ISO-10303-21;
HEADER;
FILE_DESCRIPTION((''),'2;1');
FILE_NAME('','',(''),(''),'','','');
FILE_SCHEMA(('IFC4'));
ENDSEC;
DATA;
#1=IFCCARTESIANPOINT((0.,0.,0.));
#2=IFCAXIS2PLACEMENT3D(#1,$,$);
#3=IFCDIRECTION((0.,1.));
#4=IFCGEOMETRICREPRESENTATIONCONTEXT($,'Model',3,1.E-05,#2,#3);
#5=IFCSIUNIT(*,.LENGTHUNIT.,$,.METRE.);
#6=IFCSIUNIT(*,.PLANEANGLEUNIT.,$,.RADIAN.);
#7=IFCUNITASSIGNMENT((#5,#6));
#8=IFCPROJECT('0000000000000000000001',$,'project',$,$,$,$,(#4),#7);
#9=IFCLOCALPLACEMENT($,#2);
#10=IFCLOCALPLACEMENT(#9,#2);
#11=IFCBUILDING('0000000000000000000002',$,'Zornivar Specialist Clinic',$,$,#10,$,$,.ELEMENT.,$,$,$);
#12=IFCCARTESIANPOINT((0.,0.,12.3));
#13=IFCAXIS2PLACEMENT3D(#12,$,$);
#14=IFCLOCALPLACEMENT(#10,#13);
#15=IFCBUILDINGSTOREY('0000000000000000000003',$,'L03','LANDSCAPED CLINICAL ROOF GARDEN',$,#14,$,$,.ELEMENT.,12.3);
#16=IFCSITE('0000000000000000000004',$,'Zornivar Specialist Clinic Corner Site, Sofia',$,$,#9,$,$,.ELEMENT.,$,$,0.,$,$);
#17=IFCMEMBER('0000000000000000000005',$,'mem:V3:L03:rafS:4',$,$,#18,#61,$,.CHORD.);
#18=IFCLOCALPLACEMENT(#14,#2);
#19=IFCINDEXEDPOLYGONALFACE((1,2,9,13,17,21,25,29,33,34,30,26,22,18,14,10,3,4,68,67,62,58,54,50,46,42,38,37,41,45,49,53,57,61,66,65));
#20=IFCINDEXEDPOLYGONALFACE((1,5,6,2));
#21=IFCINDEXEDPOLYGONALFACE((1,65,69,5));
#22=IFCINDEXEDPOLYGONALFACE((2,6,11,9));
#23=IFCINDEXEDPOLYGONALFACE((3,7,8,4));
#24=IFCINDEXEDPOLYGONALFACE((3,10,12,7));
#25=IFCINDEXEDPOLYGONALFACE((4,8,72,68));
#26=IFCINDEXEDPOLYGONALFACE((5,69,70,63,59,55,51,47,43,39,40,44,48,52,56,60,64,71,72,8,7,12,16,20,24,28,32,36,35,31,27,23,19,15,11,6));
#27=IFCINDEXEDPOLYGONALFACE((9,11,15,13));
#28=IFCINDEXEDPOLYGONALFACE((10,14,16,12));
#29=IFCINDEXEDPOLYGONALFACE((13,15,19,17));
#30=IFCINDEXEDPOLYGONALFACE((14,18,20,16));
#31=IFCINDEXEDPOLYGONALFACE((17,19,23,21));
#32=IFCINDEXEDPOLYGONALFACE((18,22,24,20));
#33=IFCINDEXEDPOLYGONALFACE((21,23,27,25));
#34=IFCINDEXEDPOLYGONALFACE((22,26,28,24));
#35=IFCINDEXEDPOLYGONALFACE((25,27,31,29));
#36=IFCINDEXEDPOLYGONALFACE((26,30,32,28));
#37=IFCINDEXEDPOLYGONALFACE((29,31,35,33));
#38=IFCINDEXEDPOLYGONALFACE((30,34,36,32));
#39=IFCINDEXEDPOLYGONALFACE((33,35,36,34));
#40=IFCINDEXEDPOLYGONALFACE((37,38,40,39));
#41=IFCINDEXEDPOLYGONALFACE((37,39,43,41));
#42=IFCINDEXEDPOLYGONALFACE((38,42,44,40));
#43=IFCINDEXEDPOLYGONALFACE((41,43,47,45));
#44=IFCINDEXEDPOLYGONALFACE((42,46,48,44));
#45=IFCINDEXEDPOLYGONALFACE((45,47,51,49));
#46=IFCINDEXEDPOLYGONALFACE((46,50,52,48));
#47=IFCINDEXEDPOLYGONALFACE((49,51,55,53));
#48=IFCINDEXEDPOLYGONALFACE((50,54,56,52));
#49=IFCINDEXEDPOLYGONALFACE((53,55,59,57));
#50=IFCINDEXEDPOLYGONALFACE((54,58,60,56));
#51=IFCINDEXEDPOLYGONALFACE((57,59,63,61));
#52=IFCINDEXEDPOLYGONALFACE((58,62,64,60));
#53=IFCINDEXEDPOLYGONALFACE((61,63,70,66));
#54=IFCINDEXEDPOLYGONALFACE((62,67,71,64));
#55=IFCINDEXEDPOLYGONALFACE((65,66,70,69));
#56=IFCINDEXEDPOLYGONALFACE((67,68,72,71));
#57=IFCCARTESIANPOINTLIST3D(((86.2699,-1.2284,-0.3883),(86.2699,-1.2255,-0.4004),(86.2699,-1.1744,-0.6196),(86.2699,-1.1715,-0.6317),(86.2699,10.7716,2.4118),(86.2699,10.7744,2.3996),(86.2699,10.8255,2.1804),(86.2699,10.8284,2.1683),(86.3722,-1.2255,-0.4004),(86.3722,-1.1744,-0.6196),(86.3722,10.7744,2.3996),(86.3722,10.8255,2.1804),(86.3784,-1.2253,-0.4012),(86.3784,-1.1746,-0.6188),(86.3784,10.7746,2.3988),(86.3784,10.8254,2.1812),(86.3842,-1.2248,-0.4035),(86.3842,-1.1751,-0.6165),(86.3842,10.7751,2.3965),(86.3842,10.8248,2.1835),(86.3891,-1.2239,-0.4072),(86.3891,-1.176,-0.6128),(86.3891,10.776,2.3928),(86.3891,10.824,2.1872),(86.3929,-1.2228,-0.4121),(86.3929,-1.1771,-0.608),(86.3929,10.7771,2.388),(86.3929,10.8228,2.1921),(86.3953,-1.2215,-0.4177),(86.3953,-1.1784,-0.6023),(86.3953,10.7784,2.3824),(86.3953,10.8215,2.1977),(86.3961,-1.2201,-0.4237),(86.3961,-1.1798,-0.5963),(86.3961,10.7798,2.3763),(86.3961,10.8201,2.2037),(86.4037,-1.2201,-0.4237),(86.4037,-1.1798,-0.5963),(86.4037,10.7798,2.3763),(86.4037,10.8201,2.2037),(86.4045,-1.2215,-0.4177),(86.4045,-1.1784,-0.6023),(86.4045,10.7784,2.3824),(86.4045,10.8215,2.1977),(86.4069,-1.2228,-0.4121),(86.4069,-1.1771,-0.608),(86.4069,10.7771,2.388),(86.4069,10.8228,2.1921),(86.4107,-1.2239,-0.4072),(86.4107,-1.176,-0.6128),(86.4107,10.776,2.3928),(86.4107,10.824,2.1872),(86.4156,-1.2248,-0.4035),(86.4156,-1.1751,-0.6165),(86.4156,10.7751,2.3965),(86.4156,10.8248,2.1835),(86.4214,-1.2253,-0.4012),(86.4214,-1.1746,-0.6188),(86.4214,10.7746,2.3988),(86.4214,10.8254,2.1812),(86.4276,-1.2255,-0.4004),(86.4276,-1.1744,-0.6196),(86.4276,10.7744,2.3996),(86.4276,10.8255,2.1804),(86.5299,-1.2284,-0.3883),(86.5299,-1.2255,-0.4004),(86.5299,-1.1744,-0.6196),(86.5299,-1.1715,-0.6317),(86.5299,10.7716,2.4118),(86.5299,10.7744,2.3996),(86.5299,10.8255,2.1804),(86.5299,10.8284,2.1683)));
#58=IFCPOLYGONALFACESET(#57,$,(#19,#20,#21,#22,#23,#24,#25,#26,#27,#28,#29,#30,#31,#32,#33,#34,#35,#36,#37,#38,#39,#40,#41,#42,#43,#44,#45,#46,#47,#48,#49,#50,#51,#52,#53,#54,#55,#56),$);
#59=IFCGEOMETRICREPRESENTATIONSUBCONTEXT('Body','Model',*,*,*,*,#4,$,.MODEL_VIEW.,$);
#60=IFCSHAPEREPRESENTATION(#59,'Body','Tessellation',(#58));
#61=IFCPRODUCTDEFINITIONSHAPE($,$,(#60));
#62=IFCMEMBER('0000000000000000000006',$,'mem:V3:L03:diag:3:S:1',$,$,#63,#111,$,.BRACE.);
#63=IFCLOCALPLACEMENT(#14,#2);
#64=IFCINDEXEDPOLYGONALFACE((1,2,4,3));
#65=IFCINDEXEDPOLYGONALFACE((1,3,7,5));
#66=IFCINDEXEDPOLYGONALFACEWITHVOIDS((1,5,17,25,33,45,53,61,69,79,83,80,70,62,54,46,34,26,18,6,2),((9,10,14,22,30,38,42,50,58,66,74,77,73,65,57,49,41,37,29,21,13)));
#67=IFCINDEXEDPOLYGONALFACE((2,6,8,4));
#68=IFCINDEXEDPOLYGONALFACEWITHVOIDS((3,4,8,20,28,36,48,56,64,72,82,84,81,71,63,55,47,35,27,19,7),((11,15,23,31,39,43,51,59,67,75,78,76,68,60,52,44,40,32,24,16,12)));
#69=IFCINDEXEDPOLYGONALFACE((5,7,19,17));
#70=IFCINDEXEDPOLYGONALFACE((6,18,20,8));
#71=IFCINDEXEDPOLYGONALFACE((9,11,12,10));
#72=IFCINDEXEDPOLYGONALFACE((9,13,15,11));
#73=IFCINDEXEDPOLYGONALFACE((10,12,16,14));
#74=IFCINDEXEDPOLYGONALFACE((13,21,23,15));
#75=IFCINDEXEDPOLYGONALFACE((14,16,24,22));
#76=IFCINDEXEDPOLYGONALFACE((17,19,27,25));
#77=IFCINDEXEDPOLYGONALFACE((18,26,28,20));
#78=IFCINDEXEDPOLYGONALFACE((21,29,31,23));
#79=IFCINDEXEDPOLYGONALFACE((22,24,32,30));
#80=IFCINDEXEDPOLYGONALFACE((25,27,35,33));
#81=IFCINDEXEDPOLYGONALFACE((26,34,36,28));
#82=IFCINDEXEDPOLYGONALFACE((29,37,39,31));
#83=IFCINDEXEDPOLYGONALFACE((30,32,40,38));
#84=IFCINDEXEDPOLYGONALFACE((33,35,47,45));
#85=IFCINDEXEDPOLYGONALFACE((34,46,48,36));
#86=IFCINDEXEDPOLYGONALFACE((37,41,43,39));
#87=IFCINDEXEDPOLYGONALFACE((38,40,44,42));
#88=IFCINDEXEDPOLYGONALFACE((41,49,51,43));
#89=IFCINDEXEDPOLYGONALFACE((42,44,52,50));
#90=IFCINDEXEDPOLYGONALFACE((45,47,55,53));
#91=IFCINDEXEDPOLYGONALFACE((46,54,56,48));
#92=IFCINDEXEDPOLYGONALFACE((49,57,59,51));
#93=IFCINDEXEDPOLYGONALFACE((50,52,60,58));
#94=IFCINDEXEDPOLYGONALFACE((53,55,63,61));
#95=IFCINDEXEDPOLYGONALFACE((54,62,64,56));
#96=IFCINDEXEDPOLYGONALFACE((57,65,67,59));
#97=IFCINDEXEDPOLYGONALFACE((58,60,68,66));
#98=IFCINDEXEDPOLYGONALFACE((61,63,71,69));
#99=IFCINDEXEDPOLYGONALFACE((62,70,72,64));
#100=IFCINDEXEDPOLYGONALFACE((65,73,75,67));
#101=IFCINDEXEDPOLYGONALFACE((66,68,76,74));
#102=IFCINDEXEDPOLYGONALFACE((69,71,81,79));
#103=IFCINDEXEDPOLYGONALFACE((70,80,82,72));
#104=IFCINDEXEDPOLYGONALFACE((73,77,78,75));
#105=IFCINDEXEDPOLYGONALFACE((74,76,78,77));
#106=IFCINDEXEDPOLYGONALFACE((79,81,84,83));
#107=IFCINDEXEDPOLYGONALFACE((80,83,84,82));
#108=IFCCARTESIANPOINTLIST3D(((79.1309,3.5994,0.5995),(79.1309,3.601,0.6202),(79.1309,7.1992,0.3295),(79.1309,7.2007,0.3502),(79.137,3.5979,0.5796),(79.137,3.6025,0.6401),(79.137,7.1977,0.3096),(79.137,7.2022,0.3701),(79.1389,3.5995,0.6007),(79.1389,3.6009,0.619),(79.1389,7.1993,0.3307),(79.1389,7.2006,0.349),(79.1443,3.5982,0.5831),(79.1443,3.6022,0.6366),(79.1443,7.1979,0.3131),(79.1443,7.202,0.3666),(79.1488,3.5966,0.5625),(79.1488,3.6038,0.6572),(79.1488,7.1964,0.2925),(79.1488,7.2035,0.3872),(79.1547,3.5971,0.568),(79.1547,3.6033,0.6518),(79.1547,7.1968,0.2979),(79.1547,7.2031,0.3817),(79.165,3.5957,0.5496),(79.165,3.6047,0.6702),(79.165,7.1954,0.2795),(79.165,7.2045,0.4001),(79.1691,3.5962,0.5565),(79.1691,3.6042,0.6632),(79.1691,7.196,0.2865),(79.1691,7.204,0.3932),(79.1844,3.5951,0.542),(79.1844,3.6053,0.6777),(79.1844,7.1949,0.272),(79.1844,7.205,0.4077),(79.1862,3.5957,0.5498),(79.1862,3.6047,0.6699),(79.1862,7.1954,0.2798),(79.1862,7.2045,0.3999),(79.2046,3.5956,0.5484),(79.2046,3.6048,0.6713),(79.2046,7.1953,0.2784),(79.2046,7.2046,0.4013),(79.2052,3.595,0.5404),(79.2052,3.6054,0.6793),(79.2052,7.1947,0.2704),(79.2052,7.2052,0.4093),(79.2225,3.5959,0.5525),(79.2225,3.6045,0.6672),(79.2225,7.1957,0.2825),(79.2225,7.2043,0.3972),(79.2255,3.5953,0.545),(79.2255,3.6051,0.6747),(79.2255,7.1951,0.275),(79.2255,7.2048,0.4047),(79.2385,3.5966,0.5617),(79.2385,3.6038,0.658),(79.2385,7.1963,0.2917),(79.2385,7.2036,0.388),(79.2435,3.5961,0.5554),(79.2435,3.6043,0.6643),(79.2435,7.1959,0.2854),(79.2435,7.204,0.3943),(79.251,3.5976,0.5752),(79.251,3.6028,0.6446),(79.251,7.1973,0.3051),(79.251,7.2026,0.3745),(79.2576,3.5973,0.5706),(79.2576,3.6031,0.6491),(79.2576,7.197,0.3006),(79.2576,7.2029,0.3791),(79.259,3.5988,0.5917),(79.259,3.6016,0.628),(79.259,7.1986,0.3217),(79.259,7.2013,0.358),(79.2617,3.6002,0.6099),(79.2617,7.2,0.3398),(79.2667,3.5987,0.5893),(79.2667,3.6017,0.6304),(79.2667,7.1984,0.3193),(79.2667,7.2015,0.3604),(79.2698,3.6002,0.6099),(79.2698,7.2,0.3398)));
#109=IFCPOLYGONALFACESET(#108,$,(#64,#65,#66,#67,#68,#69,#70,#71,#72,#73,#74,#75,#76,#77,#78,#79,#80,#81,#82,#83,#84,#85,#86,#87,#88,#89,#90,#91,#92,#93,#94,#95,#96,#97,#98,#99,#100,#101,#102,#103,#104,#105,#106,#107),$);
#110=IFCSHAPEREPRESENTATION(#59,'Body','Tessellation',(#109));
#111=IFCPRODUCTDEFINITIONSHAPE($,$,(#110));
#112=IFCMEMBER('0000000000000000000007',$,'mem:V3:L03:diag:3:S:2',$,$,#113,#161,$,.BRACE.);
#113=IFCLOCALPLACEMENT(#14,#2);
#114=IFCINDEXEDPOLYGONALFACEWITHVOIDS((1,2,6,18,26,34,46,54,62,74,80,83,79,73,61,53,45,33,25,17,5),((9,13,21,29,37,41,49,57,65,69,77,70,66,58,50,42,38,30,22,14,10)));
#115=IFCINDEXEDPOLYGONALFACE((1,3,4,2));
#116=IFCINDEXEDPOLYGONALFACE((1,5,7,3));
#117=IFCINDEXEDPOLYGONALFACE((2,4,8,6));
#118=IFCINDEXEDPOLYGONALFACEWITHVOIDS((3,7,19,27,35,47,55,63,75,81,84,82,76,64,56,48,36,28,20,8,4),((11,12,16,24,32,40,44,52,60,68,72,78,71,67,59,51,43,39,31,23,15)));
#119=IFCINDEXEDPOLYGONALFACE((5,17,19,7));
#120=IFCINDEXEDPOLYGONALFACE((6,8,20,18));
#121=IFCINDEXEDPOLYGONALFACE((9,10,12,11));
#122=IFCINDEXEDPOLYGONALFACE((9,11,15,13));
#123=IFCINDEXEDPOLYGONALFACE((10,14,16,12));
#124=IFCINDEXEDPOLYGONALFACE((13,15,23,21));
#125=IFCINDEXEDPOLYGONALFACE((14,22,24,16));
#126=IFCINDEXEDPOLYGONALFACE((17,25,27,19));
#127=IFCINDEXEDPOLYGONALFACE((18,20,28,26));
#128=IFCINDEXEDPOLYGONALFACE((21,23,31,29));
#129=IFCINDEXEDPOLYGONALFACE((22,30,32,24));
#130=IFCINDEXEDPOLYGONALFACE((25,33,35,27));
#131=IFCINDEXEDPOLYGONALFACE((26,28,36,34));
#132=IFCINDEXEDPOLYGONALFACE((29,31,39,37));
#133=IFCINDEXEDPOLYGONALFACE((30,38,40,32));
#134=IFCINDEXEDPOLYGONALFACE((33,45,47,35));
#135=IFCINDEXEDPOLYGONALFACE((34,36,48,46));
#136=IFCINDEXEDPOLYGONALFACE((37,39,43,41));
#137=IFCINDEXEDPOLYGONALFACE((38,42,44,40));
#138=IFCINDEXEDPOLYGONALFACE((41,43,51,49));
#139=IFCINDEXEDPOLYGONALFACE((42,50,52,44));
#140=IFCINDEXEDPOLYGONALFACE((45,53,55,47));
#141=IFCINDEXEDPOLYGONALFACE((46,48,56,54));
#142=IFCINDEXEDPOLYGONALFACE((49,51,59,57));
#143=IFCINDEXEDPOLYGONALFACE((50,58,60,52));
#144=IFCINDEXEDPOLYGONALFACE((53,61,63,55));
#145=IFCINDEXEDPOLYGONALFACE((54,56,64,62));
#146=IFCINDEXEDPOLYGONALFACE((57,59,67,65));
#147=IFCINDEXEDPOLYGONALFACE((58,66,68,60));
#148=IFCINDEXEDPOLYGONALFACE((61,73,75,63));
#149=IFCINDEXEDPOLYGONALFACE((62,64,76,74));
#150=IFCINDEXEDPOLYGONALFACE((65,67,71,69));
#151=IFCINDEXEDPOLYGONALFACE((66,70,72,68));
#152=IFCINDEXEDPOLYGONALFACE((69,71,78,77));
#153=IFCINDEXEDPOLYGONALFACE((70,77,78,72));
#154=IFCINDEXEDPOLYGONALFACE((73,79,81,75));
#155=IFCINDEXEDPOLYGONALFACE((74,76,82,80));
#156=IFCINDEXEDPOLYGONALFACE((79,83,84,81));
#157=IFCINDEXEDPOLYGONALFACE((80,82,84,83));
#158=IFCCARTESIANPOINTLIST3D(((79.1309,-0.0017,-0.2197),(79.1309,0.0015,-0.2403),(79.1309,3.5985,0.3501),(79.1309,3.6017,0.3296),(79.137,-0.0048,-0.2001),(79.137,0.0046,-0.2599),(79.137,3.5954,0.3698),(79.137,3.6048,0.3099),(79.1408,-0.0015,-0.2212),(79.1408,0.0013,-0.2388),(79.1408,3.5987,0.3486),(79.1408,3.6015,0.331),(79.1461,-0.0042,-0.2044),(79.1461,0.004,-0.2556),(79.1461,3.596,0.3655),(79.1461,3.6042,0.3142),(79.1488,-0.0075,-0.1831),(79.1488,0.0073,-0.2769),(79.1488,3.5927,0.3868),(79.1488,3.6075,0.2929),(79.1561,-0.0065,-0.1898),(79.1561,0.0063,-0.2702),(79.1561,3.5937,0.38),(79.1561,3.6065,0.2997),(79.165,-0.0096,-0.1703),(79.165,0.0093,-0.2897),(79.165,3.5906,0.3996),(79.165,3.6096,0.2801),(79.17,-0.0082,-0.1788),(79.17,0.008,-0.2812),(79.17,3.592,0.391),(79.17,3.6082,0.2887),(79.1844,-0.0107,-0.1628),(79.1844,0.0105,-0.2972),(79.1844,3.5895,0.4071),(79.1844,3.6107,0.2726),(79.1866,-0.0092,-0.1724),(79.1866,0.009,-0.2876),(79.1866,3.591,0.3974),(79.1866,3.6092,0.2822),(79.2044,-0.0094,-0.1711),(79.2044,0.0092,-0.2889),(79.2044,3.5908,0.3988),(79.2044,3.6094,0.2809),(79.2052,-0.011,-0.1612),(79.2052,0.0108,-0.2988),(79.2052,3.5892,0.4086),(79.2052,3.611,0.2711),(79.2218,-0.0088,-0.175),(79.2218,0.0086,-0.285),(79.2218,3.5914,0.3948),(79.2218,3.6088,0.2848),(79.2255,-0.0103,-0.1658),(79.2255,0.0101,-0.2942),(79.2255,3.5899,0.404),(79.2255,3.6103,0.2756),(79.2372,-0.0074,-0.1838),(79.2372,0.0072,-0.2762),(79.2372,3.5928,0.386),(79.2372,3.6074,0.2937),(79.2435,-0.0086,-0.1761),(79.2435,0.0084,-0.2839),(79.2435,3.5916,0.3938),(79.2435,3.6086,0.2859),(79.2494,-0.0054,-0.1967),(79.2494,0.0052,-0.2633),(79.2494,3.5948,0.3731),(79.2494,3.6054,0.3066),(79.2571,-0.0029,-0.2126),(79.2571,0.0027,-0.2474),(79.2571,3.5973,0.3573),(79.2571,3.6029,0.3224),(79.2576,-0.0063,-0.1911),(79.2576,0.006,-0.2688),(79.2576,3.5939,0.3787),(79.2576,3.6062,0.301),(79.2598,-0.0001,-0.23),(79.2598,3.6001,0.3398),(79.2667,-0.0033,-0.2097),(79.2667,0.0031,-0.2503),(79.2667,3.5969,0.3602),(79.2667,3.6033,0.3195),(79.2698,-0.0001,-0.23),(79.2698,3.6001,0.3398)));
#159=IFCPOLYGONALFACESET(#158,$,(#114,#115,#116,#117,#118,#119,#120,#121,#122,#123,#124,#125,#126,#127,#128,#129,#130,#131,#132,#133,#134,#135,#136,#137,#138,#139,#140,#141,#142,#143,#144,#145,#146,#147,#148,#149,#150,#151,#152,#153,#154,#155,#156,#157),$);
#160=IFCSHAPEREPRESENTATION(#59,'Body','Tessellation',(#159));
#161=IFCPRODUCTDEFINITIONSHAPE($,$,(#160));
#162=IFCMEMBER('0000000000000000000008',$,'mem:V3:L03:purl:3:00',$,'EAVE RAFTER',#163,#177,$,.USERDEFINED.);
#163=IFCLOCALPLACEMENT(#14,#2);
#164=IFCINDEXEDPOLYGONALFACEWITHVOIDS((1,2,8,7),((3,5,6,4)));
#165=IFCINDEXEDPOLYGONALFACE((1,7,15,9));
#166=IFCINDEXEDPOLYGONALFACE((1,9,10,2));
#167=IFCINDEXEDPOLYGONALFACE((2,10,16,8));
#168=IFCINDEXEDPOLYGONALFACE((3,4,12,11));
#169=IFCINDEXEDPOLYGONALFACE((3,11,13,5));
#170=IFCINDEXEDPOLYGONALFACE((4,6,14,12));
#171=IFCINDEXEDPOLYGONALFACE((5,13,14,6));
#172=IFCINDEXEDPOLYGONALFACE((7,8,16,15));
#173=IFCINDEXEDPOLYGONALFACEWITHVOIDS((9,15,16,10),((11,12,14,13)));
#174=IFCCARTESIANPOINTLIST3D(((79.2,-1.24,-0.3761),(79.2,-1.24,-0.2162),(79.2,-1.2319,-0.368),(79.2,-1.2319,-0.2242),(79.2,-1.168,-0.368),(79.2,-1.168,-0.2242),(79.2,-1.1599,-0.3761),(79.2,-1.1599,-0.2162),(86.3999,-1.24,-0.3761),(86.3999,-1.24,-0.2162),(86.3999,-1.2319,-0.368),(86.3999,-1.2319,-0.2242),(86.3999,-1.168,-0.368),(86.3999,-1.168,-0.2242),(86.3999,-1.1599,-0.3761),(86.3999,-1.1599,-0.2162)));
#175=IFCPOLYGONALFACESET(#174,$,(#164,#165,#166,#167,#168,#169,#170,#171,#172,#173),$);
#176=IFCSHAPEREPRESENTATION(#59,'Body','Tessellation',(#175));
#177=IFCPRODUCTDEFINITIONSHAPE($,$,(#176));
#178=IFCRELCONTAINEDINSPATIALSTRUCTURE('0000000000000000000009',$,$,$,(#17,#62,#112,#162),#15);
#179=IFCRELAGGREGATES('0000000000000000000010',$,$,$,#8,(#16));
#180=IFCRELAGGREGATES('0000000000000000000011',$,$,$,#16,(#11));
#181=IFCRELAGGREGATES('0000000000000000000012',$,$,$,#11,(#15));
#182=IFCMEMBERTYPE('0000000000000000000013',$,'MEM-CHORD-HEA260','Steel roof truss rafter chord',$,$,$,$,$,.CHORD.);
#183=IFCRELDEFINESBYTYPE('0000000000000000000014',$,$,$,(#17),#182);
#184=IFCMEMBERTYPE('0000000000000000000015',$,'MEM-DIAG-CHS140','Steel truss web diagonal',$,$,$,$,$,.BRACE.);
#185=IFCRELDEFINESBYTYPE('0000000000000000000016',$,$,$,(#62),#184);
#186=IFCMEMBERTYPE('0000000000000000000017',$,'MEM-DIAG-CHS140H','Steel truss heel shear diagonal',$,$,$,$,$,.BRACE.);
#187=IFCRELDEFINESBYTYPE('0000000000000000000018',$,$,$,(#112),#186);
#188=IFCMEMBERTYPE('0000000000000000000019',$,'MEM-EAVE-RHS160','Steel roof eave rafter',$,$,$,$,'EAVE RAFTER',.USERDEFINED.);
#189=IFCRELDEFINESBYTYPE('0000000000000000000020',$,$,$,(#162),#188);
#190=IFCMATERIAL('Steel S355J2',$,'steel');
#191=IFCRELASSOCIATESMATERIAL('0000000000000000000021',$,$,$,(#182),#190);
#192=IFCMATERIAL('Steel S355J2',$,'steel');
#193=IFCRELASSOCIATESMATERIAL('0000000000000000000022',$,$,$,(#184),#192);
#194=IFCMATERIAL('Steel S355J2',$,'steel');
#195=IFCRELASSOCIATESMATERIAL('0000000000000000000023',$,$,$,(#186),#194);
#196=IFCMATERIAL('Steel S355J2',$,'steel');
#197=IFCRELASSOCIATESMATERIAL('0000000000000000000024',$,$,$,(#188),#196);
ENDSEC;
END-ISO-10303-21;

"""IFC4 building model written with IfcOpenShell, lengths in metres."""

from ifc_helpers import new_model, si_unit, direction, frame, origin, origin_2d, place, context, subcontext, project, spatial, hollow_rectangle, hollow_circle, i_section, extrude, material, material_profile, profile_set, type_object, element, save


model = new_model("IFC4")

# Units and contexts
model_context = context("Model", 3, precision=1e-05, world=origin(), true_north=direction((0.0, 1.0)))
body_context = subcontext(model_context, "Body", "Model", "MODEL_VIEW")
ifc_project = project(units=[si_unit("LENGTHUNIT", "METRE"), si_unit("PLANEANGLEUNIT", "RADIAN")], contexts=[model_context])

# Site, building, storey
site_placement = place(None, origin())
site = spatial("IfcSite", under=ifc_project, at=site_placement, Name="Zornivar Specialist Clinic Corner Site, Sofia", CompositionType="ELEMENT", RefElevation=0.0)
building_placement = place(site_placement, origin())
building = spatial("IfcBuilding", under=site, at=building_placement, Name="Zornivar Specialist Clinic", CompositionType="ELEMENT")
storey_placement = place(building_placement, frame((0.0, 0.0, 12.3)))
storey = spatial("IfcBuildingStorey", under=building, at=storey_placement, Name="L03", Description="LANDSCAPED CLINICAL ROOF GARDEN", CompositionType="ELEMENT", Elevation=12.3)

# Members
ifc_material_1 = material(Name="Steel S355J2", Category="steel")
ifc_material_profile_1 = material_profile(ifc_material_1, i_section(OverallWidth=0.26, OverallDepth=0.25, WebThickness=0.0076, FlangeThickness=0.0125, FilletRadius=0.0239, at=origin_2d()), Name="HEA 260")
ifc_profile_set_1 = profile_set([ifc_material_profile_1], Name="Steel S355J2")
member_type_1 = type_object("IfcMemberType", Name="MEM-CHORD-HEA260", Description="Steel roof truss rafter chord", PredefinedType="CHORD", material=ifc_profile_set_1)
for number, where, z_axis, x_axis, name in (
    (1, (86.3999, -1.2, -0.51), (0.0, 0.97384, 0.227233), (-1.0, 0.0, 0.0), "mem:V3:L03:rafS:4"),
):
    element("IfcMember", number, at=place(storey_placement, frame(where, z_axis=z_axis, x_axis=x_axis)), inside=storey, type_object=member_type_1, Name=name, PredefinedType="CHORD", context=body_context, shape_type="SweptSolid", body=[
        extrude(i_section(OverallWidth=0.26, OverallDepth=0.25, WebThickness=0.0076, FlangeThickness=0.0125, FilletRadius=0.0239, at=origin_2d()), origin(), (0.0, 0.0, 1.0), 12.3223),
    ])
ifc_material_2 = material(Name="Steel S355J2", Category="steel")
ifc_material_profile_2 = material_profile(ifc_material_2, hollow_circle(Radius=0.0698, WallThickness=0.0081, at=origin_2d()), Name="CHS 139.7x8")
ifc_profile_set_2 = profile_set([ifc_material_profile_2], Name="Steel S355J2")
member_type_2 = type_object("IfcMemberType", Name="MEM-DIAG-CHS140", Description="Steel truss web diagonal", PredefinedType="BRACE", material=ifc_profile_set_2)
member_1_placement = place(storey_placement, frame((79.2, 7.2, 0.3398), z_axis=(0.0, -0.997199, 0.074798), x_axis=(1.0, 0.0, 0.0)))
element("IfcMember", 2, at=member_1_placement, inside=storey, type_object=member_type_2, Name="mem:V3:L03:diag:3:S:1", PredefinedType="BRACE", context=body_context, shape_type="SweptSolid", body=[
    extrude(hollow_circle(Radius=0.0698, WallThickness=0.0081, at=origin_2d()), origin(), (0.0, 0.0, 1.0), 3.6099),
])
ifc_material_3 = material(Name="Steel S355J2", Category="steel")
ifc_material_profile_3 = material_profile(ifc_material_3, hollow_circle(Radius=0.0698, WallThickness=0.01, at=origin_2d()), Name="CHS 139.7x10")
ifc_profile_set_3 = profile_set([ifc_material_profile_3], Name="Steel S355J2")
member_type_3 = type_object("IfcMemberType", Name="MEM-DIAG-CHS140H", Description="Steel truss heel shear diagonal", PredefinedType="BRACE", material=ifc_profile_set_3)
member_2_placement = place(storey_placement, frame((79.2, 3.6001, 0.3398), z_axis=(0.0, -0.987704, -0.156334), x_axis=(1.0, 0.0, 0.0)))
element("IfcMember", 3, at=member_2_placement, inside=storey, type_object=member_type_3, Name="mem:V3:L03:diag:3:S:2", PredefinedType="BRACE", context=body_context, shape_type="SweptSolid", body=[
    extrude(hollow_circle(Radius=0.0698, WallThickness=0.01, at=origin_2d()), origin(), (0.0, 0.0, 1.0), 3.645),
])
ifc_material_4 = material(Name="Steel S355J2", Category="steel")
ifc_material_profile_4 = material_profile(ifc_material_4, hollow_rectangle(XDim=0.0801, YDim=0.1599, WallThickness=0.0081, at=origin_2d()), Name="RHS 160x80x8")
ifc_profile_set_4 = profile_set([ifc_material_profile_4], Name="Steel S355J2")
member_type_4 = type_object("IfcMemberType", Name="MEM-EAVE-RHS160", Description="Steel roof eave rafter", ElementType="EAVE RAFTER", PredefinedType="USERDEFINED", material=ifc_profile_set_4)
member_3_placement = place(storey_placement, frame((79.2, -1.2, -0.2961), z_axis=(1.0, 0.0, 0.0), x_axis=(0.0, 1.0, 0.0)))
element("IfcMember", 4, at=member_3_placement, inside=storey, type_object=member_type_4, Name="mem:V3:L03:purl:3:00", ObjectType="EAVE RAFTER", PredefinedType="USERDEFINED", context=body_context, shape_type="SweptSolid", body=[
    extrude(hollow_rectangle(XDim=0.0801, YDim=0.1599, WallThickness=0.0081, at=origin_2d()), origin(), (0.0, 0.0, 1.0), 7.2),
])

save(model, "model.ifc")
